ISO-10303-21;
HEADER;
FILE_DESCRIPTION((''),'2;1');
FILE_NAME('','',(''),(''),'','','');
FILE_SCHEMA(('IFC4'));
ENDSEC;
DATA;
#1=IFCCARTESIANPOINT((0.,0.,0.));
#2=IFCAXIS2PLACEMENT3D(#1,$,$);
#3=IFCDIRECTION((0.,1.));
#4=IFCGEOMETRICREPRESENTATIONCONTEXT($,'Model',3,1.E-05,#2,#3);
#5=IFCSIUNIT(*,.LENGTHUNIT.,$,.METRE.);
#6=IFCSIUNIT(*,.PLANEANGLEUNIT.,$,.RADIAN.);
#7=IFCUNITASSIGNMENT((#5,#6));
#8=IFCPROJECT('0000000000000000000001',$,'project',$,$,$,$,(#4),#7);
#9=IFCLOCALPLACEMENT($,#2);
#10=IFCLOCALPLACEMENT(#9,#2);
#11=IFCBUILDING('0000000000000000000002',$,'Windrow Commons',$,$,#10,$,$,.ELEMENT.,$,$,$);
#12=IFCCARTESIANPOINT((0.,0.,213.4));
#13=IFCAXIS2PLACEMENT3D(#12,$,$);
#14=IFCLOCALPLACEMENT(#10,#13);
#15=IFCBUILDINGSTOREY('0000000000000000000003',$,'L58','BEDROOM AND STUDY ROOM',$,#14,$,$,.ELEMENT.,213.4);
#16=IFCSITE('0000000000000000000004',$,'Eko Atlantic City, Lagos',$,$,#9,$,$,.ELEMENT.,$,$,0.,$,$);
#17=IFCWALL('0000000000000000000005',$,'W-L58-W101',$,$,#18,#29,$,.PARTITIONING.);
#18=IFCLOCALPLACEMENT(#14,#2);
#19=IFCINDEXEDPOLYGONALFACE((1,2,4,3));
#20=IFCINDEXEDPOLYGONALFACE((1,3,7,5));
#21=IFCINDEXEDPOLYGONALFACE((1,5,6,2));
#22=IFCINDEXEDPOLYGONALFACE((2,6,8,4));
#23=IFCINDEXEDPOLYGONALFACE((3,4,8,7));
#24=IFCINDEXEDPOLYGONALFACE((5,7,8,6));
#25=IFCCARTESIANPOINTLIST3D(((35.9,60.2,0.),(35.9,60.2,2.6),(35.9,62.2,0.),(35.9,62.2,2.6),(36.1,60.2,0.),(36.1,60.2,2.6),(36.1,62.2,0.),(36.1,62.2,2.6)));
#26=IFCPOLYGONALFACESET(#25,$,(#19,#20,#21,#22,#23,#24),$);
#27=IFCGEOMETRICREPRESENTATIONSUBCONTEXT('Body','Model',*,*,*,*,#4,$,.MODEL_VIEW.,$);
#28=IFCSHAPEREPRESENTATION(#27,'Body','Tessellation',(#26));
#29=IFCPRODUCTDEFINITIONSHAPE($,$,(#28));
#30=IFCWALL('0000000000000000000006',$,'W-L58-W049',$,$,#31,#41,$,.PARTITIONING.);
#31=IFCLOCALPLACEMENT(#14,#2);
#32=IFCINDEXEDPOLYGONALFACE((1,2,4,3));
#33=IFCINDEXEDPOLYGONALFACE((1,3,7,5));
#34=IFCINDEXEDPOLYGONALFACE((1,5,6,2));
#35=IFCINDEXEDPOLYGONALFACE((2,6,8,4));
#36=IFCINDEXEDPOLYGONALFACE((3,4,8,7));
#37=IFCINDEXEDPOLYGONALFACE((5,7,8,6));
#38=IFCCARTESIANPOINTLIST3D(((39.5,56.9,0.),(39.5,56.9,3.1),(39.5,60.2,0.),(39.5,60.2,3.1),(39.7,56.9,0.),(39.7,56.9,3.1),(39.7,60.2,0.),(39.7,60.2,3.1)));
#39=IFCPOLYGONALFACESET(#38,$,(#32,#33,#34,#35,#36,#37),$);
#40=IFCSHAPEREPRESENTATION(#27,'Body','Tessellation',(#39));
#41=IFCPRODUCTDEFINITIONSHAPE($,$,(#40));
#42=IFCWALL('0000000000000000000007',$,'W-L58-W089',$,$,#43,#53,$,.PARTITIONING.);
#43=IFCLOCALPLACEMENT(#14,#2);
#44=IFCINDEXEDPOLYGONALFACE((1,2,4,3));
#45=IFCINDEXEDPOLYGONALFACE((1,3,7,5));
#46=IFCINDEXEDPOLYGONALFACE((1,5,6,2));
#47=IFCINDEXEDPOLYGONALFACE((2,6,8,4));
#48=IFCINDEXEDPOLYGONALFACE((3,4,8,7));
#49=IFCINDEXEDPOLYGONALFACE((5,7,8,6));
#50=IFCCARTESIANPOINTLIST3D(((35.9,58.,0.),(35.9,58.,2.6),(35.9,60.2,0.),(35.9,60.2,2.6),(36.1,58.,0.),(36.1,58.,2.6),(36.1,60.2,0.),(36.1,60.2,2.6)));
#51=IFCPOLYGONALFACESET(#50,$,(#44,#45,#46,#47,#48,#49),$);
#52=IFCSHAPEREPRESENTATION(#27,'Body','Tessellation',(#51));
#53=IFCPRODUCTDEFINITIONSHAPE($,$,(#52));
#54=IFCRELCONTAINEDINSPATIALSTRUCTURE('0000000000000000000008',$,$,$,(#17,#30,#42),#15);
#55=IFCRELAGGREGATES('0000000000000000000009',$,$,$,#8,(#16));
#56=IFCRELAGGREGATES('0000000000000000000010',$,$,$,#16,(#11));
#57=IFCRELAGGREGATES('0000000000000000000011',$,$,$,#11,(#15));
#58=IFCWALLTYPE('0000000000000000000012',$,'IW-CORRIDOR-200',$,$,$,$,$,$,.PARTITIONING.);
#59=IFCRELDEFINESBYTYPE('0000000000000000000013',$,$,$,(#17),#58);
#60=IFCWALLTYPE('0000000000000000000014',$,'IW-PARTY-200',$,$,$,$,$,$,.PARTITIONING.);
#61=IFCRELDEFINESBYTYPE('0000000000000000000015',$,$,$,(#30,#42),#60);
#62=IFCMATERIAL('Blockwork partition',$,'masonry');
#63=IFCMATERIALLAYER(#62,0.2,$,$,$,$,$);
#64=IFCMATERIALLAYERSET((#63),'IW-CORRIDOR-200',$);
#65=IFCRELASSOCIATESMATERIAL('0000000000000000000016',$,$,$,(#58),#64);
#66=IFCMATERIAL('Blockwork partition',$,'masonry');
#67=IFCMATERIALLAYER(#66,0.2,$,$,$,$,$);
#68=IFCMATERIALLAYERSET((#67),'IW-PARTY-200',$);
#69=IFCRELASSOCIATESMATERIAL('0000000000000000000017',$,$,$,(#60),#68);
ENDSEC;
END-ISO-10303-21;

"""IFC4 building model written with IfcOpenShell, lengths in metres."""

from ifc_helpers import new_model, si_unit, direction, frame, frame_2d, origin, place, context, subcontext, project, spatial, rectangle, extrude, material, layer, layer_set, type_object, element, save


model = new_model("IFC4")

# Units and contexts
model_context = context("Model", 3, precision=1e-05, world=origin(), true_north=direction((0.0, 1.0)))
body_context = subcontext(model_context, "Body", "Model", "MODEL_VIEW")
ifc_project = project(units=[si_unit("LENGTHUNIT", "METRE"), si_unit("PLANEANGLEUNIT", "RADIAN")], contexts=[model_context])

# Site, building, storey
site_placement = place(None, origin())
site = spatial("IfcSite", under=ifc_project, at=site_placement, Name="Eko Atlantic City, Lagos", CompositionType="ELEMENT", RefElevation=0.0)
building_placement = place(site_placement, origin())
building = spatial("IfcBuilding", under=site, at=building_placement, Name="Windrow Commons", CompositionType="ELEMENT")
storey_placement = place(building_placement, frame((0.0, 0.0, 213.4)))
storey = spatial("IfcBuildingStorey", under=building, at=storey_placement, Name="L58", Description="BEDROOM AND STUDY ROOM", CompositionType="ELEMENT", Elevation=213.4)

# Shared definitions
ifc_material_1 = material(Name="Blockwork partition", Category="masonry")
ifc_layer_1 = layer(ifc_material_1, 0.2)
ifc_layer_set_1 = layer_set([ifc_layer_1], Name="IW-CORRIDOR-200")
wall_type_1 = type_object("IfcWallType", Name="IW-CORRIDOR-200", PredefinedType="PARTITIONING", material=ifc_layer_set_1)

# Walls
wall_1_placement = place(storey_placement, frame((36.0, 60.2, 0.0), z_axis=(0.0, 0.0, 1.0), x_axis=(0.0, 1.0, 0.0)))
element("IfcWall", 1, at=wall_1_placement, inside=storey, type_object=wall_type_1, Name="W-L58-W101", PredefinedType="PARTITIONING", context=body_context, shape_type="SweptSolid", body=[
    extrude(rectangle(XDim=2.0, YDim=0.2, at=frame_2d((1.0, 0.0))), origin(), (0.0, 0.0, 1.0), 2.6),
])
ifc_material_2 = material(Name="Blockwork partition", Category="masonry")
ifc_layer_2 = layer(ifc_material_2, 0.2)
ifc_layer_set_2 = layer_set([ifc_layer_2], Name="IW-PARTY-200")
wall_type_2 = type_object("IfcWallType", Name="IW-PARTY-200", PredefinedType="PARTITIONING", material=ifc_layer_set_2)
wall_2_placement = place(storey_placement, frame((39.6, 56.9, 0.0), z_axis=(0.0, 0.0, 1.0), x_axis=(0.0, 1.0, 0.0)))
element("IfcWall", 2, at=wall_2_placement, inside=storey, type_object=wall_type_2, Name="W-L58-W049", PredefinedType="PARTITIONING", context=body_context, shape_type="SweptSolid", body=[
    extrude(rectangle(XDim=3.3, YDim=0.2, at=frame_2d((1.65, 0.0))), origin(), (0.0, 0.0, 1.0), 3.1),
])
wall_3_placement = place(storey_placement, frame((36.0, 58.0, 0.0), z_axis=(0.0, 0.0, 1.0), x_axis=(0.0, 1.0, 0.0)))
element("IfcWall", 3, at=wall_3_placement, inside=storey, type_object=wall_type_2, Name="W-L58-W089", PredefinedType="PARTITIONING", context=body_context, shape_type="SweptSolid", body=[
    extrude(rectangle(XDim=2.2, YDim=0.2, at=frame_2d((1.1, 0.0))), origin(), (0.0, 0.0, 1.0), 2.6),
])

save(model, "model.ifc")
